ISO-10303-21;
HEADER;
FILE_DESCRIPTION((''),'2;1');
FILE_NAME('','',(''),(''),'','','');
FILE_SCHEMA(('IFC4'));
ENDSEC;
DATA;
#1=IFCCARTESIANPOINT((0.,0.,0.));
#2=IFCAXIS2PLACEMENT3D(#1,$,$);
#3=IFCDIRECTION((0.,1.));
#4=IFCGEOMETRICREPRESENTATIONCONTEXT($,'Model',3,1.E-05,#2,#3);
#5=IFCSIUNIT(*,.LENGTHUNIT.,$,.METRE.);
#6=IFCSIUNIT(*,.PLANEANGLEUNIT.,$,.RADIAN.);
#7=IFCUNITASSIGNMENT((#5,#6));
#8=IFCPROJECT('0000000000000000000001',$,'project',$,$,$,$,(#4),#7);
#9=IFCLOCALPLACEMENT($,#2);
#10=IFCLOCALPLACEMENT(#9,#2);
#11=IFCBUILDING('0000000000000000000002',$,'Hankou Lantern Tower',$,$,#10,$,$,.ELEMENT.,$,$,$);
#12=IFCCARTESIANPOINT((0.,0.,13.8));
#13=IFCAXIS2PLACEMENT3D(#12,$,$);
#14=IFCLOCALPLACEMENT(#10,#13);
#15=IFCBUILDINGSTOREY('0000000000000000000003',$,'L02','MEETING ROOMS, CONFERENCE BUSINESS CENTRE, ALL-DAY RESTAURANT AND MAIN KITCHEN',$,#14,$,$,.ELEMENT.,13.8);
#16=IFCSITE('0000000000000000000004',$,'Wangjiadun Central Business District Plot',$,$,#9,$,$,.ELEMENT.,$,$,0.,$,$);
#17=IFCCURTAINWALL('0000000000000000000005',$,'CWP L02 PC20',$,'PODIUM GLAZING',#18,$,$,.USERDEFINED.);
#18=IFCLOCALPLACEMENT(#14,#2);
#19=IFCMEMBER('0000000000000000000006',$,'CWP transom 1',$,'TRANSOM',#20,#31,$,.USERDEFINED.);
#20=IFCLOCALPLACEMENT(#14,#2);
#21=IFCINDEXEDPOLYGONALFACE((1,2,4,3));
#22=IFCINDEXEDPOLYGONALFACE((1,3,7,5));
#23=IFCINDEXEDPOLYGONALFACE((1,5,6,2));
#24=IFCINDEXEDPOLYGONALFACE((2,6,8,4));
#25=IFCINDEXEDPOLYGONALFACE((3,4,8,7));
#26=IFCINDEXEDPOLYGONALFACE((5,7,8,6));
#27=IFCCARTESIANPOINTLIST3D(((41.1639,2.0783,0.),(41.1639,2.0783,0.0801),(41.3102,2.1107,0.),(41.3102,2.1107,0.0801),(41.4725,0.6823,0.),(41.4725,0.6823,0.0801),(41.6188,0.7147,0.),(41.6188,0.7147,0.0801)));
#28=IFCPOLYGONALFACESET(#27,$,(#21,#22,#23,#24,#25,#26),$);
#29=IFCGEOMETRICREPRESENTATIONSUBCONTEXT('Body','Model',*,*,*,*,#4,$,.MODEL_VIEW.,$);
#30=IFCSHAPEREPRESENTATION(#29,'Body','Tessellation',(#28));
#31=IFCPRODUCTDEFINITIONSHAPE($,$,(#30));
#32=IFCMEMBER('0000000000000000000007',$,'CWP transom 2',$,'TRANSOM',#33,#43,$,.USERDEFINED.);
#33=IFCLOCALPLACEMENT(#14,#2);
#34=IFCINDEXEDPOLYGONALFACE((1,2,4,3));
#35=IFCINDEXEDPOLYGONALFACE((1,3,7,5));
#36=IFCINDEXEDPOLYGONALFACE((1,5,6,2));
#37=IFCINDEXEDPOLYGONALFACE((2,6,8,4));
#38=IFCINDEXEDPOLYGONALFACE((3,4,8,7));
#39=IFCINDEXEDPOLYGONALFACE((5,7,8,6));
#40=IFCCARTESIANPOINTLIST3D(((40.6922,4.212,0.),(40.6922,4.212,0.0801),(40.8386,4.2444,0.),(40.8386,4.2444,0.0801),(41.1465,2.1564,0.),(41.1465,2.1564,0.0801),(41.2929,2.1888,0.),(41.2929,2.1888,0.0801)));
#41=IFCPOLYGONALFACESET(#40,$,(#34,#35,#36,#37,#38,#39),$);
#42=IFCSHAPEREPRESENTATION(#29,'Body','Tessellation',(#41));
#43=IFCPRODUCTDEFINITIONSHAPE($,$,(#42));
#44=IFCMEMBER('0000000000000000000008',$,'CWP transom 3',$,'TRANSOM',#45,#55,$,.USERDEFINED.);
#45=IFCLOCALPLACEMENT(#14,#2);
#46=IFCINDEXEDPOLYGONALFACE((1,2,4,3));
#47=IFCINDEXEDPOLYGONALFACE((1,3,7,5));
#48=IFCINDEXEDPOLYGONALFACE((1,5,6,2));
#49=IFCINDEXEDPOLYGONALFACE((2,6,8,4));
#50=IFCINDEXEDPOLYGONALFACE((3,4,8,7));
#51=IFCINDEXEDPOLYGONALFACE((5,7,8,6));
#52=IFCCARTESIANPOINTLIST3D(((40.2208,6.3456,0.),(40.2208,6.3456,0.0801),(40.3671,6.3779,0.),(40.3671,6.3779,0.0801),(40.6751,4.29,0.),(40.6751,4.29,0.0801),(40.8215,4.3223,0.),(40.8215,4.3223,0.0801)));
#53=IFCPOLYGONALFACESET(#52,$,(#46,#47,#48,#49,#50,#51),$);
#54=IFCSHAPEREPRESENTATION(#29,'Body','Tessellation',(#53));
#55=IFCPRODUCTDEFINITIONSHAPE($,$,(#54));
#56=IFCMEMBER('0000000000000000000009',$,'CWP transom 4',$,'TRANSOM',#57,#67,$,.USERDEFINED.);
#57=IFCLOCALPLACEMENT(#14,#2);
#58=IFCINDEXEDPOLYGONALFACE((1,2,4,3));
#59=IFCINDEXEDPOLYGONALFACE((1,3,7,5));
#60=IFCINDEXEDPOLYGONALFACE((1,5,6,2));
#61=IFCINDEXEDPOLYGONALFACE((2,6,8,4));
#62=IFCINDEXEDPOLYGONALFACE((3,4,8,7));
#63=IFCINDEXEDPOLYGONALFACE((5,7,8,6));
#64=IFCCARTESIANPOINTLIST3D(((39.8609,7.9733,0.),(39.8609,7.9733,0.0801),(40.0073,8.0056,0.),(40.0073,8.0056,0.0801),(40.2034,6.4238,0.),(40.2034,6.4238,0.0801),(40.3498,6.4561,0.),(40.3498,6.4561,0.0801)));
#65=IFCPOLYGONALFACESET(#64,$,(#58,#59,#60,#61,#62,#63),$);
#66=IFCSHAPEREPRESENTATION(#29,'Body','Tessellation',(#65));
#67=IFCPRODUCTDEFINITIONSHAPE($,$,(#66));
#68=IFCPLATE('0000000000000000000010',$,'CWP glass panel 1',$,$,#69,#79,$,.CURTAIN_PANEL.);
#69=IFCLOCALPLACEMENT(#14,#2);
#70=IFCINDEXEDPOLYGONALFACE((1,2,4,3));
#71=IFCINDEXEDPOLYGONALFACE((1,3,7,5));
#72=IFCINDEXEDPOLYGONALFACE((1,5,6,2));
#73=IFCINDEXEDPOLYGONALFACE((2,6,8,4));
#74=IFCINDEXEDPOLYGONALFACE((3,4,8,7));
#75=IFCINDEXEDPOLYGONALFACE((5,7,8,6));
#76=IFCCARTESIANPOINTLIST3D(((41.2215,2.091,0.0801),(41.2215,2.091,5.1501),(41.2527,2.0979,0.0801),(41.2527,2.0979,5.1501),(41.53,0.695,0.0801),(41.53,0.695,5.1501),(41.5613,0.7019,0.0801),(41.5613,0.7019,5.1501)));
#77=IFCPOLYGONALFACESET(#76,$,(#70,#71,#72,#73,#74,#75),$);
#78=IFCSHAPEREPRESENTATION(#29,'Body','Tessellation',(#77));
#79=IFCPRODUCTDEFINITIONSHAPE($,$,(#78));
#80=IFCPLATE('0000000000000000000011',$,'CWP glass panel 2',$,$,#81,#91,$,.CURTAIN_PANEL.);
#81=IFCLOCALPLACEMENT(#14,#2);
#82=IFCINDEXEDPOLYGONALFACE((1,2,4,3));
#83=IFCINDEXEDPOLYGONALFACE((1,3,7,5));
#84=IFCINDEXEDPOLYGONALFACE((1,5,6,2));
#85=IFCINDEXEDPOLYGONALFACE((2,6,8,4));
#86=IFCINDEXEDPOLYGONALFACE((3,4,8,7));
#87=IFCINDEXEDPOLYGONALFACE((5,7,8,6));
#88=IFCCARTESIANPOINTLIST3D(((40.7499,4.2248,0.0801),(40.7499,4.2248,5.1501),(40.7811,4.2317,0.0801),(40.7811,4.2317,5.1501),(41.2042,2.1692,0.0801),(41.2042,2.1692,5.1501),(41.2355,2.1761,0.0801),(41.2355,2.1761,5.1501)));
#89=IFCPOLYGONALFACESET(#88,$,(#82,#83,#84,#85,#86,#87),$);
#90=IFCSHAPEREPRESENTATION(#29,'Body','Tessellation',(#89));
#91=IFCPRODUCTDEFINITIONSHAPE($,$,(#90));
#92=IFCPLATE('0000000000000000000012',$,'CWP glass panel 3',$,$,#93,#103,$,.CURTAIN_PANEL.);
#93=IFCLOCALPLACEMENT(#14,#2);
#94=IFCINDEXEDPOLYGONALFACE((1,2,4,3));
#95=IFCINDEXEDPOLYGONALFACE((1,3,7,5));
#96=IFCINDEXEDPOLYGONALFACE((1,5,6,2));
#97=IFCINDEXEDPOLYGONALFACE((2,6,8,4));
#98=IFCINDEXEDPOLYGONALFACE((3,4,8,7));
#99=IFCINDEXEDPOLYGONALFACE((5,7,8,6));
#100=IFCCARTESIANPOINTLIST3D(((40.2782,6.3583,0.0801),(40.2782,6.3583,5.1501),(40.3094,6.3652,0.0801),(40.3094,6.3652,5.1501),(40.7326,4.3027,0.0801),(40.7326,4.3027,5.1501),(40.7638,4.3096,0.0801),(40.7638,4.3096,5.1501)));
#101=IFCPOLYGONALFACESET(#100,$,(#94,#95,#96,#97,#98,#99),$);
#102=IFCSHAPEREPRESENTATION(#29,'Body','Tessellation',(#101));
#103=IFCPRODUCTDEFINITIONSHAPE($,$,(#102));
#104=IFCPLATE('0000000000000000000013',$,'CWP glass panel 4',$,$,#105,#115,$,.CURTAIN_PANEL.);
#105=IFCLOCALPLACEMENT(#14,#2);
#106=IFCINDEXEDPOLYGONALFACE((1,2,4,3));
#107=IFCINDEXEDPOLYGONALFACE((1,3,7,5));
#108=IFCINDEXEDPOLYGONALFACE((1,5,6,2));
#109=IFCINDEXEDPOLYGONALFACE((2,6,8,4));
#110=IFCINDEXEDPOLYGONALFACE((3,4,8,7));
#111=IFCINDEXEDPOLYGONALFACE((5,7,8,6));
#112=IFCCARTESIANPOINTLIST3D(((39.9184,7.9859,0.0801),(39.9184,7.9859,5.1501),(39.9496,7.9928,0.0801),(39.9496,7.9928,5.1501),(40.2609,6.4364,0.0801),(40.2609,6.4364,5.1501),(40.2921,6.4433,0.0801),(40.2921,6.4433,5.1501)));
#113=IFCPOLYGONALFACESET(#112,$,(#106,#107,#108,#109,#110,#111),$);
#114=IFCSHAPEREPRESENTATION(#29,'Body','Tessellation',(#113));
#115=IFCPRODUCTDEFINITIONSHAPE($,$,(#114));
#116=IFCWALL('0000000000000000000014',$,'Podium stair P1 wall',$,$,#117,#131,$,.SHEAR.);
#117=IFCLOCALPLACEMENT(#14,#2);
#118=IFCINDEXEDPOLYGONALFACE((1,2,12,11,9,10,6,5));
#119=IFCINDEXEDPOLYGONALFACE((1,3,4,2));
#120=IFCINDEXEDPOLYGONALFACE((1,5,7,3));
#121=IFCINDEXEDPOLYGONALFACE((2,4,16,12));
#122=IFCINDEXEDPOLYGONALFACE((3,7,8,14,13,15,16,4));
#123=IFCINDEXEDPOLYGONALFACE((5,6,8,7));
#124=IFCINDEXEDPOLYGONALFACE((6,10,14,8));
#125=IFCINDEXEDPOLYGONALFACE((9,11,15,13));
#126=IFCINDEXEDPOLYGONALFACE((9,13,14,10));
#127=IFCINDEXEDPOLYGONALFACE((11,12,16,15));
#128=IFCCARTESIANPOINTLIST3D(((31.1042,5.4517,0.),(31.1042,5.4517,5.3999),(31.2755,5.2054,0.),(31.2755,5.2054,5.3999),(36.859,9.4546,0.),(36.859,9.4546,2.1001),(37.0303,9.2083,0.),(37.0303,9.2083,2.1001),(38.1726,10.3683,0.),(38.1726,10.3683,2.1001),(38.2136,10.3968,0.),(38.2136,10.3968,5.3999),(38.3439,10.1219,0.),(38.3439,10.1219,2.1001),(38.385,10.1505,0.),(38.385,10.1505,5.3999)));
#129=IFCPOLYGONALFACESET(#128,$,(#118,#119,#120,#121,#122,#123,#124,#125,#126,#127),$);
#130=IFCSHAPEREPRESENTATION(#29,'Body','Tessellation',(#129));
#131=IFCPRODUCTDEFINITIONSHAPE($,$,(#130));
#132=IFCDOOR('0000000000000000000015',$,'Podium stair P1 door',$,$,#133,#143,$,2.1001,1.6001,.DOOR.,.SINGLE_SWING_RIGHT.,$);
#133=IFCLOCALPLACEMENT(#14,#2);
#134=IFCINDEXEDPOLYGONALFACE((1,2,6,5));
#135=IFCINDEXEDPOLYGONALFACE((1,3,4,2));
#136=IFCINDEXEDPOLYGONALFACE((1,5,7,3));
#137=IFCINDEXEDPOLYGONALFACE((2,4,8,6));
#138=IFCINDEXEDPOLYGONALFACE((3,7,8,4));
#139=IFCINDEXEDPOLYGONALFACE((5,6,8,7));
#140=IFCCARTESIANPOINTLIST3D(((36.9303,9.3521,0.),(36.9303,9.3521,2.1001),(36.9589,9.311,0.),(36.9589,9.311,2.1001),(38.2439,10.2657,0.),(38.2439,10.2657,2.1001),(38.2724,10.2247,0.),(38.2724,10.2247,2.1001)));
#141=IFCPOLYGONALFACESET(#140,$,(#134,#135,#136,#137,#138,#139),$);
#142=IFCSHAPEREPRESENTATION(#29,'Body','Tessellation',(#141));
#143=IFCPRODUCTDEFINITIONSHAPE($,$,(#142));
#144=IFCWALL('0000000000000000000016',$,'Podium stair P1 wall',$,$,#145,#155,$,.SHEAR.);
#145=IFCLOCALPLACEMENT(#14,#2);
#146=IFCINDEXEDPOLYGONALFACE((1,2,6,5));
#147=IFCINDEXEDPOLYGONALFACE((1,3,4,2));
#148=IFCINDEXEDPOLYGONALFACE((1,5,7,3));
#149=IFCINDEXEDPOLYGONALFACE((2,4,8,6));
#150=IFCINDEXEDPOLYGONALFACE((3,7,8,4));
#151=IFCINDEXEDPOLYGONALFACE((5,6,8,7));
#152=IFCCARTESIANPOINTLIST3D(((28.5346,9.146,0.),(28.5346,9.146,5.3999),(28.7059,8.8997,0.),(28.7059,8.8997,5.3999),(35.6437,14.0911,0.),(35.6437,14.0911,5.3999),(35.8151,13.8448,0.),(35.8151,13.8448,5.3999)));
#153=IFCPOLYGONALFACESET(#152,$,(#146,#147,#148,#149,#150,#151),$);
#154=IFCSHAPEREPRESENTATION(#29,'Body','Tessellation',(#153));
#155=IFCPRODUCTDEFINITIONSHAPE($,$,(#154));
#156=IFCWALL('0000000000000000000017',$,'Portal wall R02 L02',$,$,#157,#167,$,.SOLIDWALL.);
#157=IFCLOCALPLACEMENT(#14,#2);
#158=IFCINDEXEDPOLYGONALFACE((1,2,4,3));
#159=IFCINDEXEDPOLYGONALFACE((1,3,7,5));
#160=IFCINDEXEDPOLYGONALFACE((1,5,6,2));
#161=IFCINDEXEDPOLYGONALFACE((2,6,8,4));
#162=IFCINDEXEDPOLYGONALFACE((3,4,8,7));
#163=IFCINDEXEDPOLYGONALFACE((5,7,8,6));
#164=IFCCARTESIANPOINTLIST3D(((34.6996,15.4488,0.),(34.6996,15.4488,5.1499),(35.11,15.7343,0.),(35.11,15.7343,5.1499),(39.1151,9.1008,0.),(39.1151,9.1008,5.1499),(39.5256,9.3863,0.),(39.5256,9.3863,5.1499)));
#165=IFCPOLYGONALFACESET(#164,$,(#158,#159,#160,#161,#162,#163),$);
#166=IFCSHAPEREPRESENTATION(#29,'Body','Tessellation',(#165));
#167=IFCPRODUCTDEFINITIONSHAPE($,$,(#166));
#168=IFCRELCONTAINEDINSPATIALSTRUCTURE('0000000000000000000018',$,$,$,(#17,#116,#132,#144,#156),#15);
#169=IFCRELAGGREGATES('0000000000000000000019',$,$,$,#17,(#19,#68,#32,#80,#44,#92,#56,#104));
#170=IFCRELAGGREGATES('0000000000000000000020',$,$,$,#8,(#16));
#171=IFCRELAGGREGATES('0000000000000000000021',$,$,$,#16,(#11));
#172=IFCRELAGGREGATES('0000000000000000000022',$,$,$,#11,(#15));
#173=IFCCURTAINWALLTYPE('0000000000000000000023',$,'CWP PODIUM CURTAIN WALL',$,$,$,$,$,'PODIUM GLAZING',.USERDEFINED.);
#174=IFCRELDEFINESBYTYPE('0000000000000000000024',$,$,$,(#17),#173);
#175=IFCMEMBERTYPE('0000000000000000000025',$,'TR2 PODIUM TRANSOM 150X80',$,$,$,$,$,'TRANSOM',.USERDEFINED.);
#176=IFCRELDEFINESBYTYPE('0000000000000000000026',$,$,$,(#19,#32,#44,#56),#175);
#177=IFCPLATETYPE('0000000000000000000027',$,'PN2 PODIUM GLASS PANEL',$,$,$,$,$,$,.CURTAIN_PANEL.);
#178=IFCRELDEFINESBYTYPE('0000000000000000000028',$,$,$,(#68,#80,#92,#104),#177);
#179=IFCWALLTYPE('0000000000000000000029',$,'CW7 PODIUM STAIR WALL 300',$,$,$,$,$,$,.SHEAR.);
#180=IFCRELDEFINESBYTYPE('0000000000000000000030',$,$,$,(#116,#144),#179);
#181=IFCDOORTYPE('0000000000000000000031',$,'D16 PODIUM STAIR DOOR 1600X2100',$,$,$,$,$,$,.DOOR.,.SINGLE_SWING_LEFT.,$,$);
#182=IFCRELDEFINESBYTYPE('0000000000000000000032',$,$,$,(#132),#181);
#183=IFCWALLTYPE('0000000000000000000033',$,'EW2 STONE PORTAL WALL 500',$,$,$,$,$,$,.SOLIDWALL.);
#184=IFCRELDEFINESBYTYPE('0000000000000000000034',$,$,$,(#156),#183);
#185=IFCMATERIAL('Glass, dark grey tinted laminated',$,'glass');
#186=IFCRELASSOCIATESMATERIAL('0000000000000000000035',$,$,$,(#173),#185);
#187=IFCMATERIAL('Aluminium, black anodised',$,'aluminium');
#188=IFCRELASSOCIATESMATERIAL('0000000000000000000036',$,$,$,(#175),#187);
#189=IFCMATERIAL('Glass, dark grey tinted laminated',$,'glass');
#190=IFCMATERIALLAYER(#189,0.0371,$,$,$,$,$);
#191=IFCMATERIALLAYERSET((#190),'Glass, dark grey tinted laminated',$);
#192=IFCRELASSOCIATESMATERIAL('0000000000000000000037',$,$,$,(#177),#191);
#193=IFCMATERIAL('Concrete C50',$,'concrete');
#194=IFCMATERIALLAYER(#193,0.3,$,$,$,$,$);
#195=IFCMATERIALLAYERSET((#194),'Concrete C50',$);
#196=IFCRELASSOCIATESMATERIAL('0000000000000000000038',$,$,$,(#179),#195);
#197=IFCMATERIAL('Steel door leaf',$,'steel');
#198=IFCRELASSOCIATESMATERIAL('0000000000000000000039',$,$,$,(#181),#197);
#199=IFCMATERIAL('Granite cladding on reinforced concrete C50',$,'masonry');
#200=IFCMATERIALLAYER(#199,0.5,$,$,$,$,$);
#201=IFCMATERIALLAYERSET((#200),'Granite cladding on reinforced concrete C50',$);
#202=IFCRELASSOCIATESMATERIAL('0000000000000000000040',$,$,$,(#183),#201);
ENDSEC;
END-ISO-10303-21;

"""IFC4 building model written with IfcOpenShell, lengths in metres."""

from ifc_helpers import new_model, si_unit, direction, frame, frame_2d, origin, origin_2d, place, context, subcontext, project, spatial, rectangle, extrude, material, layer, layer_set, material_profile, profile_set, type_object, element, fill, aggregate, save


model = new_model("IFC4")

# Units and contexts
model_context = context("Model", 3, precision=1e-05, world=origin(), true_north=direction((0.0, 1.0)))
body_context = subcontext(model_context, "Body", "Model", "MODEL_VIEW")
ifc_project = project(units=[si_unit("LENGTHUNIT", "METRE"), si_unit("PLANEANGLEUNIT", "RADIAN")], contexts=[model_context])

# Site, building, storey
site_placement = place(None, origin())
site = spatial("IfcSite", under=ifc_project, at=site_placement, Name="Wangjiadun Central Business District Plot", CompositionType="ELEMENT", RefElevation=0.0)
building_placement = place(site_placement, origin())
building = spatial("IfcBuilding", under=site, at=building_placement, Name="Hankou Lantern Tower", CompositionType="ELEMENT")
storey_placement = place(building_placement, frame((0.0, 0.0, 13.8)))
storey = spatial("IfcBuildingStorey", under=building, at=storey_placement, Name="L02", Description="MEETING ROOMS, CONFERENCE BUSINESS CENTRE, ALL-DAY RESTAURANT AND MAIN KITCHEN", CompositionType="ELEMENT", Elevation=13.8)

# Curtain wall
ifc_material_1 = material(Name="Glass, dark grey tinted laminated", Category="glass")
curtain_wall_type = type_object("IfcCurtainWallType", Name="CWP PODIUM CURTAIN WALL", ElementType="PODIUM GLAZING", PredefinedType="USERDEFINED", material=ifc_material_1)
curtain_wall_placement = place(storey_placement, origin())
curtain_wall = element("IfcCurtainWall", 1, at=curtain_wall_placement, inside=storey, type_object=curtain_wall_type, Name="CWP L02 PC20", ObjectType="PODIUM GLAZING", PredefinedType="USERDEFINED")

# Members
ifc_material_2 = material(Name="Aluminium, black anodised", Category="aluminium")
ifc_material_profile_1 = material_profile(ifc_material_2, rectangle(XDim=0.1499, YDim=0.0801, at=origin_2d()), Name="TR2 150X80")
ifc_profile_set_1 = profile_set([ifc_material_profile_1], Name="Aluminium, black anodised")
member_type_1 = type_object("IfcMemberType", Name="TR2 PODIUM TRANSOM 150X80", ElementType="TRANSOM", PredefinedType="USERDEFINED", material=ifc_profile_set_1)
member_1_placement = place(storey_placement, frame((41.5457, 0.6985, 0.04), z_axis=(-0.215845, 0.976428, 0.0), x_axis=(-0.976428, -0.215845, 0.0)))
member_1 = element("IfcMember", 2, at=member_1_placement, type_object=member_type_1, Name="CWP transom 1", ObjectType="TRANSOM", PredefinedType="USERDEFINED", context=body_context, shape_type="SweptSolid", body=[
    extrude(rectangle(XDim=0.1499, YDim=0.0801, at=origin_2d()), origin(), (0.0, 0.0, 1.0), 1.4297),
])
member_2_placement = place(storey_placement, frame((41.2197, 2.1726, 0.04), z_axis=(-0.215813, 0.976435, 0.0), x_axis=(-0.976435, -0.215813, 0.0)))
member_2 = element("IfcMember", 3, at=member_2_placement, type_object=member_type_1, Name="CWP transom 2", ObjectType="TRANSOM", PredefinedType="USERDEFINED", context=body_context, shape_type="SweptSolid", body=[
    extrude(rectangle(XDim=0.1499, YDim=0.0801, at=origin_2d()), origin(), (0.0, 0.0, 1.0), 2.1052),
])
member_3_placement = place(storey_placement, frame((40.7483, 4.3062, 0.04), z_axis=(-0.215813, 0.976435, 0.0), x_axis=(-0.976435, -0.215813, 0.0)))
member_3 = element("IfcMember", 4, at=member_3_placement, type_object=member_type_1, Name="CWP transom 3", ObjectType="TRANSOM", PredefinedType="USERDEFINED", context=body_context, shape_type="SweptSolid", body=[
    extrude(rectangle(XDim=0.1499, YDim=0.0801, at=origin_2d()), origin(), (0.0, 0.0, 1.0), 2.1052),
])
member_4_placement = place(storey_placement, frame((40.2766, 6.4399, 0.04), z_axis=(-0.215839, 0.976429, 0.0), x_axis=(-0.976429, -0.215839, 0.0)))
member_4 = element("IfcMember", 5, at=member_4_placement, type_object=member_type_1, Name="CWP transom 4", ObjectType="TRANSOM", PredefinedType="USERDEFINED", context=body_context, shape_type="SweptSolid", body=[
    extrude(rectangle(XDim=0.1499, YDim=0.0801, at=origin_2d()), origin(), (0.0, 0.0, 1.0), 1.5869),
])

# Plates
ifc_material_3 = material(Name="Glass, dark grey tinted laminated", Category="glass")
ifc_layer_1 = layer(ifc_material_3, 0.0371)
ifc_layer_set_1 = layer_set([ifc_layer_1], Name="Glass, dark grey tinted laminated")
plate_type = type_object("IfcPlateType", Name="PN2 PODIUM GLASS PANEL", PredefinedType="CURTAIN_PANEL", material=ifc_layer_set_1)
plate_1_placement = place(storey_placement, frame((41.3914, 1.3965, 0.0801), z_axis=(0.0, 0.0, 1.0), x_axis=(-0.215821, 0.976433, 0.0)))
plate_1 = element("IfcPlate", 6, at=plate_1_placement, type_object=plate_type, Name="CWP glass panel 1", PredefinedType="CURTAIN_PANEL", context=body_context, shape_type="SweptSolid", body=[
    extrude(rectangle(XDim=1.4297, YDim=0.032, at=origin_2d()), origin(), (0.0, 0.0, 1.0), 5.0701),
])
plate_2_placement = place(storey_placement, frame((40.9927, 3.2004, 0.0801), z_axis=(0.0, 0.0, 1.0), x_axis=(-0.215821, 0.976433, 0.0)))
plate_2 = element("IfcPlate", 7, at=plate_2_placement, type_object=plate_type, Name="CWP glass panel 2", PredefinedType="CURTAIN_PANEL", context=body_context, shape_type="SweptSolid", body=[
    extrude(rectangle(XDim=2.1052, YDim=0.032, at=origin_2d()), origin(), (0.0, 0.0, 1.0), 5.0701),
])
plate_3_placement = place(storey_placement, frame((40.521, 5.334, 0.0801), z_axis=(0.0, 0.0, 1.0), x_axis=(-0.215821, 0.976433, 0.0)))
plate_3 = element("IfcPlate", 8, at=plate_3_placement, type_object=plate_type, Name="CWP glass panel 3", PredefinedType="CURTAIN_PANEL", context=body_context, shape_type="SweptSolid", body=[
    extrude(rectangle(XDim=2.1052, YDim=0.032, at=origin_2d()), origin(), (0.0, 0.0, 1.0), 5.0701),
])
plate_4_placement = place(storey_placement, frame((40.1052, 7.2146, 0.0801), z_axis=(0.0, 0.0, 1.0), x_axis=(-0.215821, 0.976433, 0.0)))
plate_4 = element("IfcPlate", 9, at=plate_4_placement, type_object=plate_type, Name="CWP glass panel 4", PredefinedType="CURTAIN_PANEL", context=body_context, shape_type="SweptSolid", body=[
    extrude(rectangle(XDim=1.5869, YDim=0.032, at=origin_2d()), origin(), (0.0, 0.0, 1.0), 5.0701),
])
aggregate(curtain_wall, [member_1, plate_1, member_2, plate_2, member_3, plate_3, member_4, plate_4])

# Wall, opening, door
ifc_material_4 = material(Name="Concrete C50", Category="concrete")
ifc_layer_2 = layer(ifc_material_4, 0.3)
ifc_layer_set_2 = layer_set([ifc_layer_2], Name="Concrete C50")
wall_type_1 = type_object("IfcWallType", Name="CW7 PODIUM STAIR WALL 300", PredefinedType="SHEAR", material=ifc_layer_set_2)
wall_1_placement = place(storey_placement, frame((38.2993, 10.2737, 0.0), z_axis=(0.0, 0.0, 1.0), x_axis=(-0.820937, -0.571019, 0.0)))
wall_1 = element("IfcWall", 10, at=wall_1_placement, inside=storey, type_object=wall_type_1, Name="Podium stair P1 wall", PredefinedType="SHEAR", context=body_context, shape_type="SweptSolid", body=[
    extrude(rectangle(XDim=8.6602, YDim=0.3, at=frame_2d((4.3301, 0.0))), origin(), (0.0, 0.0, 1.0), 5.3999),
])
opening_placement = place(wall_1_placement, frame((0.05, 0.0, 0.0)))
opening = element("IfcOpeningElement", 11, at=opening_placement, cuts=wall_1, PredefinedType="OPENING", context=body_context, shape_type="SweptSolid", body=[
    extrude(rectangle(XDim=1.6001, YDim=2.1001, at=frame_2d((0.8, 1.05))), frame((0.0, 0.1599, 0.0), z_axis=(0.0, -1.0, 0.0), x_axis=(1.0, 0.0, 0.0)), (0.0, 0.0, 1.0), 0.3201),
])
ifc_material_5 = material(Name="Steel door leaf", Category="steel")
door_type = type_object("IfcDoorType", Name="D16 PODIUM STAIR DOOR 1600X2100", OperationType="SINGLE_SWING_LEFT", PredefinedType="DOOR", material=ifc_material_5)
door_placement = place(opening_placement, origin())
door = element("IfcDoor", 12, at=door_placement, inside=storey, type_object=door_type, Name="Podium stair P1 door", OperationType="SINGLE_SWING_RIGHT", OverallHeight=2.1001, OverallWidth=1.6001, PredefinedType="DOOR", context=body_context, shape_type="SweptSolid", body=[
    extrude(rectangle(XDim=1.6001, YDim=2.1001, at=frame_2d((0.8, 1.05))), frame((0.0, 0.0249, 0.0), z_axis=(0.0, -1.0, 0.0), x_axis=(1.0, 0.0, 0.0)), (0.0, 0.0, 1.0), 0.05),
])
fill(opening, door)

# Walls
wall_2_placement = place(storey_placement, frame((35.7295, 13.968, 0.0), z_axis=(0.0, 0.0, 1.0), x_axis=(-0.820928, -0.571032, 0.0)))
element("IfcWall", 13, at=wall_2_placement, inside=storey, type_object=wall_type_1, Name="Podium stair P1 wall", PredefinedType="SHEAR", context=body_context, shape_type="SweptSolid", body=[
    extrude(rectangle(XDim=8.6599, YDim=0.3, at=frame_2d((4.3301, 0.0))), origin(), (0.0, 0.0, 1.0), 5.3999),
])
ifc_material_6 = material(Name="Granite cladding on reinforced concrete C50", Category="masonry")
ifc_layer_3 = layer(ifc_material_6, 0.5)
ifc_layer_set_3 = layer_set([ifc_layer_3], Name="Granite cladding on reinforced concrete C50")
wall_type_2 = type_object("IfcWallType", Name="EW2 STONE PORTAL WALL 500", PredefinedType="SOLIDWALL", material=ifc_layer_set_3)
wall_3_placement = place(storey_placement, frame((39.3203, 9.2437, 0.0), z_axis=(0.0, 0.0, 1.0), x_axis=(-0.571029, 0.82093, 0.0)))
element("IfcWall", 14, at=wall_3_placement, inside=storey, type_object=wall_type_2, Name="Portal wall R02 L02", PredefinedType="SOLIDWALL", context=body_context, shape_type="SweptSolid", body=[
    extrude(rectangle(XDim=7.7327, YDim=0.5, at=frame_2d((3.8662, 0.0))), origin(), (0.0, 0.0, 1.0), 5.1499),
])

save(model, "model.ifc")
